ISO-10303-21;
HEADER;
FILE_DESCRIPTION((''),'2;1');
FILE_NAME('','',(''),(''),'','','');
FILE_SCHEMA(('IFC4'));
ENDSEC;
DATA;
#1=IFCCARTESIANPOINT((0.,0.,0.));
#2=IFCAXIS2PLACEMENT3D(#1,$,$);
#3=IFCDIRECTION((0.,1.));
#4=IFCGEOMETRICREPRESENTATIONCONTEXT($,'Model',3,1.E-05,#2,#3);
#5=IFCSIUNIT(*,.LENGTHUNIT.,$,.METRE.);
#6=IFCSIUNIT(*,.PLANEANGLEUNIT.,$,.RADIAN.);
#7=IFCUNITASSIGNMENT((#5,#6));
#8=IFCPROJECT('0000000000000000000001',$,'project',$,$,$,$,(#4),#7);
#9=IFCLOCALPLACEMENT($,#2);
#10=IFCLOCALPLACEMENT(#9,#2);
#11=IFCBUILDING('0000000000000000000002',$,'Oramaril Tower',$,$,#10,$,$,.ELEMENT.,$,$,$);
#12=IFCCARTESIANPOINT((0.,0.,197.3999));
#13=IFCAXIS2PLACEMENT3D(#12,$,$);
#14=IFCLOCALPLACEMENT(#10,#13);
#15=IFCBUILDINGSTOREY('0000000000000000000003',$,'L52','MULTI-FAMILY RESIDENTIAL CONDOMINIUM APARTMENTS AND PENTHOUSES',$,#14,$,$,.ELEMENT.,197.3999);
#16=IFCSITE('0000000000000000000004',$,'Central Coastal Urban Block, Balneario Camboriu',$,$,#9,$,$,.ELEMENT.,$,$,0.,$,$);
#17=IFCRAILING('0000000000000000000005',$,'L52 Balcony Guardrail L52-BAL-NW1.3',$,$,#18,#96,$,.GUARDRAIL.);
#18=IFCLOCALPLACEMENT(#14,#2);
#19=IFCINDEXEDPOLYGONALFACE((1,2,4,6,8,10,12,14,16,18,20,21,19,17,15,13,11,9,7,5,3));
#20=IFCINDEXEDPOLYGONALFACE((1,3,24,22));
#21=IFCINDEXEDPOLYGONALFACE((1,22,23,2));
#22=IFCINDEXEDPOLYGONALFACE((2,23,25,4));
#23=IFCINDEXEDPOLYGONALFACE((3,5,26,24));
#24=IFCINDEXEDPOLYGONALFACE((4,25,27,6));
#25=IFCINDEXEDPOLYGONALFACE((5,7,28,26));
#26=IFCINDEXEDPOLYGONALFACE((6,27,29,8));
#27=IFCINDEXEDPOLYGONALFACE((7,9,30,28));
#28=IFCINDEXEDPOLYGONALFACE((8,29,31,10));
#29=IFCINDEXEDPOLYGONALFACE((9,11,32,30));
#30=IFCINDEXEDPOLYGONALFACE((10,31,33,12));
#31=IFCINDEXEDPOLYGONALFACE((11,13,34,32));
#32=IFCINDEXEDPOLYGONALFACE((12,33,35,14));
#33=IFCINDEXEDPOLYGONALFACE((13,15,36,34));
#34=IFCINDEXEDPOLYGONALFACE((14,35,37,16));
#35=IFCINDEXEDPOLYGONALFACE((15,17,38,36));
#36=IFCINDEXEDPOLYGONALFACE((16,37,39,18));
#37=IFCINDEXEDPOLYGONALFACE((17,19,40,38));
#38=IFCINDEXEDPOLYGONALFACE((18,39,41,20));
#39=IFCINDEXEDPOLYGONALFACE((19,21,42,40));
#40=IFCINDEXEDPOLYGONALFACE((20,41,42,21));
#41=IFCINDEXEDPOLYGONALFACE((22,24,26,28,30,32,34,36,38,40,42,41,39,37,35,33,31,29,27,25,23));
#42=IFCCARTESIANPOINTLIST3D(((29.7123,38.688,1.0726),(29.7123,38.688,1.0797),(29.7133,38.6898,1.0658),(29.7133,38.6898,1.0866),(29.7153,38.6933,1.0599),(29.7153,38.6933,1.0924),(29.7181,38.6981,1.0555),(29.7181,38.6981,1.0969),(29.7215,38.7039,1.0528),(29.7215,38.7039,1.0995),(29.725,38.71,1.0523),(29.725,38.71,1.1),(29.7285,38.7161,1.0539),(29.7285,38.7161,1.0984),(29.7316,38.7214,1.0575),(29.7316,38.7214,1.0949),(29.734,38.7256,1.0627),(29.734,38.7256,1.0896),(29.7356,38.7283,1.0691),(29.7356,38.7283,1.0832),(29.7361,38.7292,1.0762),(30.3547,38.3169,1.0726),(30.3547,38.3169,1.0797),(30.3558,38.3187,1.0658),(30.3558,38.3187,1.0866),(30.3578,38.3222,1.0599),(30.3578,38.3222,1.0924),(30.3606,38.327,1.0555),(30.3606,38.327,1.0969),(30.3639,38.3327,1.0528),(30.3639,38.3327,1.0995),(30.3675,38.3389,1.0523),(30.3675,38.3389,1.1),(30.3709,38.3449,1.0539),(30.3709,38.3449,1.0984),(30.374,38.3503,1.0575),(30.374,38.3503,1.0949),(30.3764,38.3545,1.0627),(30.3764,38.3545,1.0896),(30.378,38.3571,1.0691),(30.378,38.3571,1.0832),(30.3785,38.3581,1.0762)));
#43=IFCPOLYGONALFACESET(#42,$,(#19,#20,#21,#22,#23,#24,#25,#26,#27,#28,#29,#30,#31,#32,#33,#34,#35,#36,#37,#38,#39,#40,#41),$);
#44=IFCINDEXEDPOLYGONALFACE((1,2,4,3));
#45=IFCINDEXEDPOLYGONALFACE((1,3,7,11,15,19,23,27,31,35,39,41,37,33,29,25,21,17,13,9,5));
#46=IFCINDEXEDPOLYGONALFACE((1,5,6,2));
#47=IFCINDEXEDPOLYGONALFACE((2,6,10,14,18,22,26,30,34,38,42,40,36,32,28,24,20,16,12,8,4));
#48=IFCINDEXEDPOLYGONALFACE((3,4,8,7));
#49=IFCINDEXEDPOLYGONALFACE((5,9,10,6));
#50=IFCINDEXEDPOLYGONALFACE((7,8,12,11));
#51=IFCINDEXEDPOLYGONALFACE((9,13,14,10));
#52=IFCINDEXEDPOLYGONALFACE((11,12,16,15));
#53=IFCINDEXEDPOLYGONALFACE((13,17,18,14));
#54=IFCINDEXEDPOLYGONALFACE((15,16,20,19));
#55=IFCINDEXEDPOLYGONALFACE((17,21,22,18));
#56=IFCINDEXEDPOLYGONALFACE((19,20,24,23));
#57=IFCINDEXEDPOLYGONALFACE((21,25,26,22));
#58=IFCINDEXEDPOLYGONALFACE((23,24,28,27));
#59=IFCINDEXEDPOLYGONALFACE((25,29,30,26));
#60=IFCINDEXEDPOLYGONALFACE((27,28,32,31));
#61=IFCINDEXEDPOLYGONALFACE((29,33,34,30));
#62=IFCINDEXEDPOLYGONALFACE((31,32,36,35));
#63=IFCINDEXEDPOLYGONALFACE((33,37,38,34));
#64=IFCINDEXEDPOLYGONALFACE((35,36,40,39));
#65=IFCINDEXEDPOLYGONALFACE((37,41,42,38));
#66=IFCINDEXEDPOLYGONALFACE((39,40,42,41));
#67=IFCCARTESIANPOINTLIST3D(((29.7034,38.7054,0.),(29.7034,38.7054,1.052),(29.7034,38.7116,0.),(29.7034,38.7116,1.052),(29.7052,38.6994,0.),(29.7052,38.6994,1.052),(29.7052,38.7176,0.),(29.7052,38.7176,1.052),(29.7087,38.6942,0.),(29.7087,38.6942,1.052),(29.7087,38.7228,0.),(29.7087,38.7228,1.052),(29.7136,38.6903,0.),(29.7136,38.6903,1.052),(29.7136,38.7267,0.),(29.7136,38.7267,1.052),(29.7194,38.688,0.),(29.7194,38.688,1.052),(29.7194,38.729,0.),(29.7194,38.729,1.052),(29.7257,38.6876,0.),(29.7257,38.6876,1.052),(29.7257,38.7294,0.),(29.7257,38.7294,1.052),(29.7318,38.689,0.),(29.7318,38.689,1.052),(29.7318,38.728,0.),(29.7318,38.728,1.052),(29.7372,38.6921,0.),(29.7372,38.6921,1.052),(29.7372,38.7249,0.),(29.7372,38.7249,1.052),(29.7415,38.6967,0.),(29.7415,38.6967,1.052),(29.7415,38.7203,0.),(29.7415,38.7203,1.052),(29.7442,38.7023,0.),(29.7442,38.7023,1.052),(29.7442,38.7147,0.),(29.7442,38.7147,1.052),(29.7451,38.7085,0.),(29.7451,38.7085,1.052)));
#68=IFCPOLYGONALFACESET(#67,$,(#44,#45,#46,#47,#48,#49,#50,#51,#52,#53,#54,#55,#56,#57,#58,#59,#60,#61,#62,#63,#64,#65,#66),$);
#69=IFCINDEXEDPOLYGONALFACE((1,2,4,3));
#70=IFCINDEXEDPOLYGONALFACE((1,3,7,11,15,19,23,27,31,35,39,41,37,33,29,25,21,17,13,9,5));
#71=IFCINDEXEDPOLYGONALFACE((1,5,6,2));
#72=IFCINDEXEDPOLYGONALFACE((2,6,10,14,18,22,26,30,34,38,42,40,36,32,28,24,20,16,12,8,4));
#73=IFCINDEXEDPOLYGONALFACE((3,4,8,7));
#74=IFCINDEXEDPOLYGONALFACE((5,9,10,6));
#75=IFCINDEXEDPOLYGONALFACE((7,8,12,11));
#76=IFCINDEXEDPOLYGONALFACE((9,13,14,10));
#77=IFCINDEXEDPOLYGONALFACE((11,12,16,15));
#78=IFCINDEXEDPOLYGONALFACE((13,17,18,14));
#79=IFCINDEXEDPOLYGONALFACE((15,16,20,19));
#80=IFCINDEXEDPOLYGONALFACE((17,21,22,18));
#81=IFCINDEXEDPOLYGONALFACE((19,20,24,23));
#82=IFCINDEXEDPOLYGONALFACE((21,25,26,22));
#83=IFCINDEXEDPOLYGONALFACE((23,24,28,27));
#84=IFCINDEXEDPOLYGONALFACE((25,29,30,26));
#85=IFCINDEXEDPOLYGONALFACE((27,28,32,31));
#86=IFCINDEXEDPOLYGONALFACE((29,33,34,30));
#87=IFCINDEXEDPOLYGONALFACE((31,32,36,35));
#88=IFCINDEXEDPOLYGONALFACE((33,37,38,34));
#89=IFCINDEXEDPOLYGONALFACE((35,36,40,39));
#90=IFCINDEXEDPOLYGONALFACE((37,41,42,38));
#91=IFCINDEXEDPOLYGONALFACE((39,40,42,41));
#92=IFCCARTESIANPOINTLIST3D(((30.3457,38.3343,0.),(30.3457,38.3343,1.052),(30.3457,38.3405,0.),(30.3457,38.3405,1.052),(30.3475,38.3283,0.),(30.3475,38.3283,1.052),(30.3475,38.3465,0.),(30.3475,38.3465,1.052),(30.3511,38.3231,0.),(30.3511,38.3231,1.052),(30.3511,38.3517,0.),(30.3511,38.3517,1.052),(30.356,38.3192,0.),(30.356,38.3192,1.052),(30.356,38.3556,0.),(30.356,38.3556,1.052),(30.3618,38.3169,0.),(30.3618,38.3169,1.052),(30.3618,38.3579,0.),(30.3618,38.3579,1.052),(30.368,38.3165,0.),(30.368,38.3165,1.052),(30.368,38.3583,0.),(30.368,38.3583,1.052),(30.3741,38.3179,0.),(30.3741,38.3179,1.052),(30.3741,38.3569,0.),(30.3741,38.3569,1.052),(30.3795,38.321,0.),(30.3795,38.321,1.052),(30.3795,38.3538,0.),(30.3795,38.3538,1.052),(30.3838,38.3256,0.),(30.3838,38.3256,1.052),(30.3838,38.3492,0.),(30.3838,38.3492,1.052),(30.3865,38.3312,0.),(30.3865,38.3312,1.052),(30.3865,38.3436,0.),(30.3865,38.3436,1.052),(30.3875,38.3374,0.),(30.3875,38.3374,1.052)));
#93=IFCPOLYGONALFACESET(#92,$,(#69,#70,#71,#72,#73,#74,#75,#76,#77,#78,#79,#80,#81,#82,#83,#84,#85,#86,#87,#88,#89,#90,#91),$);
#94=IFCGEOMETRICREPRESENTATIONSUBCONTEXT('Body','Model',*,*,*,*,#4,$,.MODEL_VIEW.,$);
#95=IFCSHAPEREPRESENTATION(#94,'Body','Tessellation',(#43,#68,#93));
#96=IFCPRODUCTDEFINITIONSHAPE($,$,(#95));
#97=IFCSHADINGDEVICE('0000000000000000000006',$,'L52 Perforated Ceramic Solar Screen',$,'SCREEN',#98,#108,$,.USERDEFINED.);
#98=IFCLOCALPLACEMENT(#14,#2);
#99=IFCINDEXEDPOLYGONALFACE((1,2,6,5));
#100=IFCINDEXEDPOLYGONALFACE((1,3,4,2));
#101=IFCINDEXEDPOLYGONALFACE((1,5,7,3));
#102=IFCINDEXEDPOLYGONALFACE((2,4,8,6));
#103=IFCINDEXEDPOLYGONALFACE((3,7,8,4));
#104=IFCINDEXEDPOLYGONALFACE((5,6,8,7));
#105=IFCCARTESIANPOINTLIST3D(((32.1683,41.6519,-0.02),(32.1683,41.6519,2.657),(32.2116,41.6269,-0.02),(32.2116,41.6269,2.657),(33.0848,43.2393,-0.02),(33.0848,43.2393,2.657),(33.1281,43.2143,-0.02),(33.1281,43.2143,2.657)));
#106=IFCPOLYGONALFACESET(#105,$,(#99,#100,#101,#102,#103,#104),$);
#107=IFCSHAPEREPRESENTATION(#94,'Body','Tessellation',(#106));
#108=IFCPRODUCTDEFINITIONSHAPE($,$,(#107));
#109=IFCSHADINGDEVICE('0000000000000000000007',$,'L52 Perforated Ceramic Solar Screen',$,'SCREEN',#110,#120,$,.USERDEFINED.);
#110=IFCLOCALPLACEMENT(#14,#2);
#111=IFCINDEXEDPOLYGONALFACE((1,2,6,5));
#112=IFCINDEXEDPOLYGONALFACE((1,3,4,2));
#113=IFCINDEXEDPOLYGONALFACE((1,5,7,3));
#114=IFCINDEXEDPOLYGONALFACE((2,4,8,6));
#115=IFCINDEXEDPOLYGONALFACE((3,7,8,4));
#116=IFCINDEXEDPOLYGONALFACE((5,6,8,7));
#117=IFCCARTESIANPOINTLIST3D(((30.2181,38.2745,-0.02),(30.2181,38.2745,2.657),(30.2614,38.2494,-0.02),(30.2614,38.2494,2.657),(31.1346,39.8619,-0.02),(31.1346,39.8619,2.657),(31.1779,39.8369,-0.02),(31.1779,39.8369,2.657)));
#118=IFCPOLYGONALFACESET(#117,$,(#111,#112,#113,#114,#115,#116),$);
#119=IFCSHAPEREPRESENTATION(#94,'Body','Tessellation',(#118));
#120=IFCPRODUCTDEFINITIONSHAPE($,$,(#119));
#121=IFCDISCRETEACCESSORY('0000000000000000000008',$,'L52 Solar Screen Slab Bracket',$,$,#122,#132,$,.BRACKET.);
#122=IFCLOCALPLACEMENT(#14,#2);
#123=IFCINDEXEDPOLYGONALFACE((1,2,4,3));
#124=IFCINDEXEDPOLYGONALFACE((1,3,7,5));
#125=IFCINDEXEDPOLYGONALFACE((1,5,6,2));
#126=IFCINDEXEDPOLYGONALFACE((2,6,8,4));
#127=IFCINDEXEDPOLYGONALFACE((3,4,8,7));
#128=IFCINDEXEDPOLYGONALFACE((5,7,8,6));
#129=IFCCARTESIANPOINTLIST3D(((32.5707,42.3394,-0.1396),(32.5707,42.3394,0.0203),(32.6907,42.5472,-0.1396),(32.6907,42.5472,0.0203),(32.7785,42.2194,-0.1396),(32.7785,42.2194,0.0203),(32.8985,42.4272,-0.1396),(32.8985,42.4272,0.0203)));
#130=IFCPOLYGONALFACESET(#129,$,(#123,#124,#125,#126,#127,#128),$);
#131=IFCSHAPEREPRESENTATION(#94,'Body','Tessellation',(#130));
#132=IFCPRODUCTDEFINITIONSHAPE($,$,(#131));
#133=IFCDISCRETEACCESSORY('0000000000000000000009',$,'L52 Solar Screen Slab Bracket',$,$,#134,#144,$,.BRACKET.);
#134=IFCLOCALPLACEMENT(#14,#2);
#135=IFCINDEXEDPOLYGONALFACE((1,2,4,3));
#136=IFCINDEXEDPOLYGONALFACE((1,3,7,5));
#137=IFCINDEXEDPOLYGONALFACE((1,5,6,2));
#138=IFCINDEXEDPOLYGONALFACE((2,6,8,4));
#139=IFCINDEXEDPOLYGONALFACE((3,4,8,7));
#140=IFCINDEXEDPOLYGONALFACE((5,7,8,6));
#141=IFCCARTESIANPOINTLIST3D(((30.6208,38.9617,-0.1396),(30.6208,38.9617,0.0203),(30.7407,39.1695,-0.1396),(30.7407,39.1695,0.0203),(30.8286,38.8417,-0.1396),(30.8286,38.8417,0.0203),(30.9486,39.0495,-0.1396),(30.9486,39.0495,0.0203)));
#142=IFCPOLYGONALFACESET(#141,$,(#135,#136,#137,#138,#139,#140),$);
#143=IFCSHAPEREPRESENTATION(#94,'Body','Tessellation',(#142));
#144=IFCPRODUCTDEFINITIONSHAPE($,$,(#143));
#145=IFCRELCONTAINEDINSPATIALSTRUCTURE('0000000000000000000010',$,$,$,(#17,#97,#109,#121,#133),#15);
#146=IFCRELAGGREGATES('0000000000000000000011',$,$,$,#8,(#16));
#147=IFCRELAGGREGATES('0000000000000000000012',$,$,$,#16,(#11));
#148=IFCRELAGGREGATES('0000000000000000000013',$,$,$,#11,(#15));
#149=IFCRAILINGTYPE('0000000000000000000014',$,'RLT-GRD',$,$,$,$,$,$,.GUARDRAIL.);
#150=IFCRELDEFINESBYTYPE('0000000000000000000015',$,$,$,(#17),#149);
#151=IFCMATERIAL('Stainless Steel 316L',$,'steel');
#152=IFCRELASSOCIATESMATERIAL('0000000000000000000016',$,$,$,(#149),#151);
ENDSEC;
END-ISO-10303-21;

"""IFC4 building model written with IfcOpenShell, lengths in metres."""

from ifc_helpers import new_model, si_unit, direction, frame, origin, origin_2d, place, context, subcontext, project, spatial, rectangle, circle, extrude, material, type_object, element, save


model = new_model("IFC4")

# Units and contexts
model_context = context("Model", 3, precision=1e-05, world=origin(), true_north=direction((0.0, 1.0)))
body_context = subcontext(model_context, "Body", "Model", "MODEL_VIEW")
ifc_project = project(units=[si_unit("LENGTHUNIT", "METRE"), si_unit("PLANEANGLEUNIT", "RADIAN")], contexts=[model_context])

# Site, building, storey
site_placement = place(None, origin())
site = spatial("IfcSite", under=ifc_project, at=site_placement, Name="Central Coastal Urban Block, Balneario Camboriu", CompositionType="ELEMENT", RefElevation=0.0)
building_placement = place(site_placement, origin())
building = spatial("IfcBuilding", under=site, at=building_placement, Name="Oramaril Tower", CompositionType="ELEMENT")
storey_placement = place(building_placement, frame((0.0, 0.0, 197.3999)))
storey = spatial("IfcBuildingStorey", under=building, at=storey_placement, Name="L52", Description="MULTI-FAMILY RESIDENTIAL CONDOMINIUM APARTMENTS AND PENTHOUSES", CompositionType="ELEMENT", Elevation=197.3999)

# Railing
ifc_material_1 = material(Name="Stainless Steel 316L", Category="steel")
railing_type = type_object("IfcRailingType", Name="RLT-GRD", PredefinedType="GUARDRAIL", material=ifc_material_1)
railing_1_placement = place(storey_placement, frame((29.7241, 38.7085, 0.0)))
element("IfcRailing", 1, at=railing_1_placement, inside=storey, type_object=railing_type, Name="L52 Balcony Guardrail L52-BAL-NW1.3", PredefinedType="GUARDRAIL", context=body_context, shape_type="SweptSolid", body=[
    extrude(circle(Radius=0.0239, at=origin_2d()), frame((0.0, 0.0, 1.0762), z_axis=(0.865884, -0.500245, 0.0), x_axis=(0.500245, 0.865884, 0.0)), (0.0, 0.0, 1.0), 0.7419),
    extrude(circle(Radius=0.021, at=origin_2d()), origin(), (0.0, 0.0, 1.0), 1.052),
    extrude(circle(Radius=0.021, at=origin_2d()), frame((0.6423, -0.3711, 0.0)), (0.0, 0.0, 1.0), 1.052),
])

# Shading devices
for number, where, z_axis, x_axis, name in (
    (2, (32.6482, 42.4331, -0.02), (0.0, 0.0, 1.0), (-0.5, -0.866025, 0.0), "L52 Perforated Ceramic Solar Screen"),
    (3, (30.698, 39.0557, -0.02), (0.0, 0.0, 1.0), (-0.5, -0.866025, 0.0), "L52 Perforated Ceramic Solar Screen"),
):
    element("IfcShadingDevice", number, at=place(storey_placement, frame(where, z_axis=z_axis, x_axis=x_axis)), inside=storey, Name=name, ObjectType="SCREEN", PredefinedType="USERDEFINED", context=body_context, shape_type="SweptSolid", body=[
        extrude(rectangle(XDim=1.833, YDim=0.05, at=origin_2d()), origin(), (0.0, 0.0, 1.0), 2.677),
    ])

# Discrete accessories
for number, where, z_axis, x_axis, name in (
    (4, (32.7346, 42.3833, -0.1396), (0.0, 0.0, 1.0), (-0.5, -0.866025, 0.0), "L52 Solar Screen Slab Bracket"),
    (5, (30.7847, 39.0056, -0.1396), (0.0, 0.0, 1.0), (-0.5, -0.866025, 0.0), "L52 Solar Screen Slab Bracket"),
):
    element("IfcDiscreteAccessory", number, at=place(storey_placement, frame(where, z_axis=z_axis, x_axis=x_axis)), inside=storey, Name=name, PredefinedType="BRACKET", context=body_context, shape_type="SweptSolid", body=[
        extrude(rectangle(XDim=0.24, YDim=0.24, at=origin_2d()), origin(), (0.0, 0.0, 1.0), 0.1599),
    ])

save(model, "model.ifc")
